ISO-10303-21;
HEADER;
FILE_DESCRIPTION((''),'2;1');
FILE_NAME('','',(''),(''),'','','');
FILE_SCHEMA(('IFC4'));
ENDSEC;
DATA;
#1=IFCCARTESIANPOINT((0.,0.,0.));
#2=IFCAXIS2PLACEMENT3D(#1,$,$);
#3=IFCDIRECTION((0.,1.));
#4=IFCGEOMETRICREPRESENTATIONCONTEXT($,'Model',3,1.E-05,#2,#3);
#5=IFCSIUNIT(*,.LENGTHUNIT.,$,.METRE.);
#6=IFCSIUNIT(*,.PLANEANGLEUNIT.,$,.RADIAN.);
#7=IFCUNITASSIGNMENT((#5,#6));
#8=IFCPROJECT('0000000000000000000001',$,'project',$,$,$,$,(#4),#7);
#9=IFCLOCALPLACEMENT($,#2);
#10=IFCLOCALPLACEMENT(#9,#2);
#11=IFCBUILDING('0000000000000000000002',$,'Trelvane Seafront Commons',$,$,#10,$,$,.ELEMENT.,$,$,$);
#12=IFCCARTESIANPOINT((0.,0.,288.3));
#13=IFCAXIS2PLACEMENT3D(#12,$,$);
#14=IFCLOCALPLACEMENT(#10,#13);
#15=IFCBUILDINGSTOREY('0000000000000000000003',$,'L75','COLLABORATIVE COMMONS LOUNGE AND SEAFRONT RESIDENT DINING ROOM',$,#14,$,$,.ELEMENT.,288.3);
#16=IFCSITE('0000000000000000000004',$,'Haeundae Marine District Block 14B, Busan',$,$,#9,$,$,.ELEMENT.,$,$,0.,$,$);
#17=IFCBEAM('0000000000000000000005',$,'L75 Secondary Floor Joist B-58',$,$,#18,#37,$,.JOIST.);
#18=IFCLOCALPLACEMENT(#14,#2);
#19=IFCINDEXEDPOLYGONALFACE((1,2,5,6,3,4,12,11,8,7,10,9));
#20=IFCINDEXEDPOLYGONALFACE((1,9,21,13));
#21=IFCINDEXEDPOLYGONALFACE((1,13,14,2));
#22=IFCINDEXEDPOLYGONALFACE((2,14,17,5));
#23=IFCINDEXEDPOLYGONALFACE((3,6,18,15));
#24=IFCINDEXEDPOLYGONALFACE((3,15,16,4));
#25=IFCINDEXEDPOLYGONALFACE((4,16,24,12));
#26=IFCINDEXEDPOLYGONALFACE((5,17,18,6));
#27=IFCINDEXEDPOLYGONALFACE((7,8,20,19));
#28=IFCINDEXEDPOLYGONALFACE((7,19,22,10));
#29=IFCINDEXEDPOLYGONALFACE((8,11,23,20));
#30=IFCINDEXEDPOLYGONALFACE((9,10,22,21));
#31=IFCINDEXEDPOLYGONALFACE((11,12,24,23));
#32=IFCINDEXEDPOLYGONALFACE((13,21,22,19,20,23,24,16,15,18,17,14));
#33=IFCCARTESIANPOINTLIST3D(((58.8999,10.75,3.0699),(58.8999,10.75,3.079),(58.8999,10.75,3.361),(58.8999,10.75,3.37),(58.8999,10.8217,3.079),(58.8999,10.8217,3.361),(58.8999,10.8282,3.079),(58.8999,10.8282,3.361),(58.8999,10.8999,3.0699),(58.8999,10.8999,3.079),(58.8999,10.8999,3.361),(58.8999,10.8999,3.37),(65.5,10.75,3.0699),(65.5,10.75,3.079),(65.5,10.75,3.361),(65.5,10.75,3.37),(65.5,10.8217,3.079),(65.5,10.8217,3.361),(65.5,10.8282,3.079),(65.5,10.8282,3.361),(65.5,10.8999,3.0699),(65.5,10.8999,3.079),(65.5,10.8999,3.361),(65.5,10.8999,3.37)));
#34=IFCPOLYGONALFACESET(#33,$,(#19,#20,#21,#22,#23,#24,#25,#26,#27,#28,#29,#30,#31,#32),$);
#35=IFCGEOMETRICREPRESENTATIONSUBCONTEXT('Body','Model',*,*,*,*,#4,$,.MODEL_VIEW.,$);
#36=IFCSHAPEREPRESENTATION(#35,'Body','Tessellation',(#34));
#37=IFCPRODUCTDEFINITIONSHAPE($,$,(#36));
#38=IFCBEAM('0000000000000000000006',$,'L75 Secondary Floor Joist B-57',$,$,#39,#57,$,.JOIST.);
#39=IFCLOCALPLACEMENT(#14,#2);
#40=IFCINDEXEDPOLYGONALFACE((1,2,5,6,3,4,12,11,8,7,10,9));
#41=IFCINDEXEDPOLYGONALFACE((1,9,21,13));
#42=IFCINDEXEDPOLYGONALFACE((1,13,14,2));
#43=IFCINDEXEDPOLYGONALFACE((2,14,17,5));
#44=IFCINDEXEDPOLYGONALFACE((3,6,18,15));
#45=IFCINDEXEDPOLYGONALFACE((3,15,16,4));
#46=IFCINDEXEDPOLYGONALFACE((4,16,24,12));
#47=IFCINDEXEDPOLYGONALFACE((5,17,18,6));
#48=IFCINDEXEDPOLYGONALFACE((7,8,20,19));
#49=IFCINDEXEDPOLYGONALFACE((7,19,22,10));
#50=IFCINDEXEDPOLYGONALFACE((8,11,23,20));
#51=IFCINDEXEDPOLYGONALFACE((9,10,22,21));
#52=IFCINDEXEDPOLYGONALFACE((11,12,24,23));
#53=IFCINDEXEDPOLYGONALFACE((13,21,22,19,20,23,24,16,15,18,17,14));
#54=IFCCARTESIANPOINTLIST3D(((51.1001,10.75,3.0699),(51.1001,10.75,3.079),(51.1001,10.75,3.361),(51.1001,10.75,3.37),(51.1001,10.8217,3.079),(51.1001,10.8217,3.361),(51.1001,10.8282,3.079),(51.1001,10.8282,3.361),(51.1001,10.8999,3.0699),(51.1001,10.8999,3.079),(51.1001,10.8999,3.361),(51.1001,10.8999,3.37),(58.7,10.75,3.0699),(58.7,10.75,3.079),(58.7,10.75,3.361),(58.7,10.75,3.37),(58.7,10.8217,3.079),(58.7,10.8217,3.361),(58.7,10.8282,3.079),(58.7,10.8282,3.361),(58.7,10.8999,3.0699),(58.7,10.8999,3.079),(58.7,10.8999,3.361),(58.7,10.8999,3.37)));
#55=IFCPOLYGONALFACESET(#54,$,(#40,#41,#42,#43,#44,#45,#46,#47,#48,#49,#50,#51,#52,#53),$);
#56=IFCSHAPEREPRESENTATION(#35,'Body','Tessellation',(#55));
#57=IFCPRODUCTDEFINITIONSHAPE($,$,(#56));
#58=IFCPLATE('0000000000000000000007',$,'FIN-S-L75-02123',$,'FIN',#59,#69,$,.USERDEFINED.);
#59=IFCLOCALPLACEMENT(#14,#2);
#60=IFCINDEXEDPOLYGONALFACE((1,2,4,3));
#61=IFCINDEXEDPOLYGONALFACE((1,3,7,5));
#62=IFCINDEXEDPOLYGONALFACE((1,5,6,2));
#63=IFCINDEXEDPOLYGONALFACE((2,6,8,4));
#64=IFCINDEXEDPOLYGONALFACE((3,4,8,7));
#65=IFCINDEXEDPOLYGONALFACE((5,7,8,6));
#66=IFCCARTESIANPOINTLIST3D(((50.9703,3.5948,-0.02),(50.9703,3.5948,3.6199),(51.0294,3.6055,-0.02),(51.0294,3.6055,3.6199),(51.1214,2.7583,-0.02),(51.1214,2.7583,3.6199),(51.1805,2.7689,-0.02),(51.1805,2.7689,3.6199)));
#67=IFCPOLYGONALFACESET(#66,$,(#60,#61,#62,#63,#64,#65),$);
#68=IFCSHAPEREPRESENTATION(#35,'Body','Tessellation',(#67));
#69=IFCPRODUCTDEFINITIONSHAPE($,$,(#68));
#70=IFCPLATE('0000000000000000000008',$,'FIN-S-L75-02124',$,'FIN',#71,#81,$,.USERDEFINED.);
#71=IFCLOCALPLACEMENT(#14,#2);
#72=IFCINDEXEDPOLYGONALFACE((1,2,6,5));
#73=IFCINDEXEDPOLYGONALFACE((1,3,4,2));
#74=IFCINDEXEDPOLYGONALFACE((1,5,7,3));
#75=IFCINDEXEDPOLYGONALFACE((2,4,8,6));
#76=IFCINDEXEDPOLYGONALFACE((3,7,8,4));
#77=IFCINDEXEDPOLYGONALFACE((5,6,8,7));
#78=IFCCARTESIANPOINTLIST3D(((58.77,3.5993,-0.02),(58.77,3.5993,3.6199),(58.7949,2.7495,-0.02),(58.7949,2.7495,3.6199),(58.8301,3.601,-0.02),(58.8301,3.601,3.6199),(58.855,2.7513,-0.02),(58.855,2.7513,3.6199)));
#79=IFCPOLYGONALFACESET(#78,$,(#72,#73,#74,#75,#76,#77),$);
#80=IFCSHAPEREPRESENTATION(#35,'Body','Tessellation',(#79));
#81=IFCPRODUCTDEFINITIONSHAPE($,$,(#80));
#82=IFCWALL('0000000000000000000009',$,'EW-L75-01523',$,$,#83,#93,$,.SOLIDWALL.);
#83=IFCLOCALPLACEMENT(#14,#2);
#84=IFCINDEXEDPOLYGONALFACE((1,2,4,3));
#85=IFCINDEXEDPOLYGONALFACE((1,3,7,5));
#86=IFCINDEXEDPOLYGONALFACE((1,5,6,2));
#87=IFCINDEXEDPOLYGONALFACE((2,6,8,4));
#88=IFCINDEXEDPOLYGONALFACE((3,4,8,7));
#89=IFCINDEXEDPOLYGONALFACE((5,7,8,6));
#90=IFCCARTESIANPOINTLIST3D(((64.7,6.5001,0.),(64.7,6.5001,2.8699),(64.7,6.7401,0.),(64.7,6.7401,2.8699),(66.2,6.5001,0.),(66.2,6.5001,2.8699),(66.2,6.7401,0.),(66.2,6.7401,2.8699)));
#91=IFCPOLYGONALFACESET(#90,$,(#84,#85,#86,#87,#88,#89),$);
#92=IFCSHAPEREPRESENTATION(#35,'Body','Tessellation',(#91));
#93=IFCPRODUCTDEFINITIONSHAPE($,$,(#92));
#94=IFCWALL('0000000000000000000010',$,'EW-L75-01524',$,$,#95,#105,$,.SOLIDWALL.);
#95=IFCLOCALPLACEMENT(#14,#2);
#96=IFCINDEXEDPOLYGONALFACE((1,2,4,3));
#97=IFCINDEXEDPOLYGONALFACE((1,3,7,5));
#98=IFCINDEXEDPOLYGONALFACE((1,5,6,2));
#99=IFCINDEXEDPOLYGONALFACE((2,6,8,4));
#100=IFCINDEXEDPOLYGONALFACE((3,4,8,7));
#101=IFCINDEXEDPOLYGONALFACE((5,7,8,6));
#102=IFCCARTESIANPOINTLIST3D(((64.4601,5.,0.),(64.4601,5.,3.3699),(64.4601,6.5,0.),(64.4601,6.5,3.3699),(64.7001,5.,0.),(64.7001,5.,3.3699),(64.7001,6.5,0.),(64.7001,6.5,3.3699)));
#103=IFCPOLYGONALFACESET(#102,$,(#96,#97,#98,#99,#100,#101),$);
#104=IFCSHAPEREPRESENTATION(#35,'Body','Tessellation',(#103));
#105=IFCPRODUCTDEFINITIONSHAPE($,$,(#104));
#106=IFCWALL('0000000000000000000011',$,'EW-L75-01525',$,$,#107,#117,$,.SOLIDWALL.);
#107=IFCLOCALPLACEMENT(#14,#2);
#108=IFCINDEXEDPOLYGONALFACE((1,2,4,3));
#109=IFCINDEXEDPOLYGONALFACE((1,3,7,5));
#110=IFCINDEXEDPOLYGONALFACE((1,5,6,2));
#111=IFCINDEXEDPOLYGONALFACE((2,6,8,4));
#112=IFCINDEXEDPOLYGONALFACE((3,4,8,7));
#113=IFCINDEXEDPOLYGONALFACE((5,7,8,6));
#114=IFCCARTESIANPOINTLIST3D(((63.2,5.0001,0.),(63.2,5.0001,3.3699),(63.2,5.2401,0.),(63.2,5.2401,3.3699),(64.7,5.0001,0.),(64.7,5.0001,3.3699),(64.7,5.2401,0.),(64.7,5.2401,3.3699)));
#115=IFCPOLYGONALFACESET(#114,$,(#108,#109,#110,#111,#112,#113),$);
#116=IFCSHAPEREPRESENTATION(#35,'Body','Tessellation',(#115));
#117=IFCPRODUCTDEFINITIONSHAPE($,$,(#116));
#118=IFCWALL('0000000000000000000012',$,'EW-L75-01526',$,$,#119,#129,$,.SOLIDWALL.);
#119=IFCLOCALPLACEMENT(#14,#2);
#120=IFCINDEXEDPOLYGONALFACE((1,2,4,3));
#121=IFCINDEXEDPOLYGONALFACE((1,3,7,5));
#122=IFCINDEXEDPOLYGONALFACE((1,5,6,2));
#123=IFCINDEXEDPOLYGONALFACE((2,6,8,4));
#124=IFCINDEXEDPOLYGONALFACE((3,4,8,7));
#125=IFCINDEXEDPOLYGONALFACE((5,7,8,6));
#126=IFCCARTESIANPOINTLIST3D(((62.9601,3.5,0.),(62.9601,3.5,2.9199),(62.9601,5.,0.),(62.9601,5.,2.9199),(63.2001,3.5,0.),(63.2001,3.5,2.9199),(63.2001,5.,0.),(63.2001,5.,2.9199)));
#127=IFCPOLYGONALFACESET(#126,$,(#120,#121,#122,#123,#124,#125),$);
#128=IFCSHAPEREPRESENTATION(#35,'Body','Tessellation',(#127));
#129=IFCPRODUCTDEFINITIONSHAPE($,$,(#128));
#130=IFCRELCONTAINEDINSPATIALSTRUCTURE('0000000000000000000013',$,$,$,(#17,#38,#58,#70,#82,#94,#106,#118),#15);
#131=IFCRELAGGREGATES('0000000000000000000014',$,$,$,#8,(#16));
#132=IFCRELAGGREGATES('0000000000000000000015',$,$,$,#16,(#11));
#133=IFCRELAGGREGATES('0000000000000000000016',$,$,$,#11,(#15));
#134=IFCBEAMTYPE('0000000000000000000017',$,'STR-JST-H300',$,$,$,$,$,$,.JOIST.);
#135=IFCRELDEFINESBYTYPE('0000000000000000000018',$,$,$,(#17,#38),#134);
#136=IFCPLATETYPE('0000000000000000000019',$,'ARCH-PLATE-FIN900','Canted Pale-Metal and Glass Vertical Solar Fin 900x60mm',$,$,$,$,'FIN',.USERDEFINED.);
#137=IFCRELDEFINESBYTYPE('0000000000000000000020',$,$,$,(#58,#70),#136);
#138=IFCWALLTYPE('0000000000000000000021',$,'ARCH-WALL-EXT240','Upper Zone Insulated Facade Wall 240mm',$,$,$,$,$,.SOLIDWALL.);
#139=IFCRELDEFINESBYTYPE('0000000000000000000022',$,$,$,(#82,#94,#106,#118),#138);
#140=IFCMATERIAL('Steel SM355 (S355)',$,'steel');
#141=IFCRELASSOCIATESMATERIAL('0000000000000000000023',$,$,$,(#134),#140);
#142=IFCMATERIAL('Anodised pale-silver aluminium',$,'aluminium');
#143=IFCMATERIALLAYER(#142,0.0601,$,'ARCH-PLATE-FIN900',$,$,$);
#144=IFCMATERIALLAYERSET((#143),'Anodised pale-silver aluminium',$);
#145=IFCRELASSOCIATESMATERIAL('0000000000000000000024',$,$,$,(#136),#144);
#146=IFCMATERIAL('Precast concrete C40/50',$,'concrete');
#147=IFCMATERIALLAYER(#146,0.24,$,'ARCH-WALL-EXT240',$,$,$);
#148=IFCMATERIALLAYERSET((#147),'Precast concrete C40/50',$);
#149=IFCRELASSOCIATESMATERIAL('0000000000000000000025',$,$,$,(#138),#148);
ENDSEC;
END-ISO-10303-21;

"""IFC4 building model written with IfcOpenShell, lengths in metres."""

from ifc_helpers import new_model, si_unit, direction, frame, frame_2d, origin, origin_2d, place, context, subcontext, project, spatial, rectangle, i_section, extrude, source, transform, mapped, material, layer, layer_set, material_profile, profile_set, type_object, element, save


model = new_model("IFC4")

# Units and contexts
model_context = context("Model", 3, precision=1e-05, world=origin(), true_north=direction((0.0, 1.0)))
body_context = subcontext(model_context, "Body", "Model", "MODEL_VIEW")
ifc_project = project(units=[si_unit("LENGTHUNIT", "METRE"), si_unit("PLANEANGLEUNIT", "RADIAN")], contexts=[model_context])

# Site, building, storey
site_placement = place(None, origin())
site = spatial("IfcSite", under=ifc_project, at=site_placement, Name="Haeundae Marine District Block 14B, Busan", CompositionType="ELEMENT", RefElevation=0.0)
building_placement = place(site_placement, origin())
building = spatial("IfcBuilding", under=site, at=building_placement, Name="Trelvane Seafront Commons", CompositionType="ELEMENT")
storey_placement = place(building_placement, frame((0.0, 0.0, 288.3)))
storey = spatial("IfcBuildingStorey", under=building, at=storey_placement, Name="L75", Description="COLLABORATIVE COMMONS LOUNGE AND SEAFRONT RESIDENT DINING ROOM", CompositionType="ELEMENT", Elevation=288.3)

# Shared definitions
ifc_material_1 = material(Name="Steel SM355 (S355)", Category="steel")

# Beams
ifc_material_profile_1 = material_profile(ifc_material_1, i_section(OverallWidth=0.1499, OverallDepth=0.3, WebThickness=0.0066, FlangeThickness=0.009, at=origin_2d()), Name="H-300x150x6.5x9")
ifc_profile_set_1 = profile_set([ifc_material_profile_1], Name="Steel SM355 (S355)")
beam_type_1 = type_object("IfcBeamType", Name="STR-JST-H300", PredefinedType="JOIST", material=ifc_profile_set_1)
shared_shape_1 = source(origin(), body_context, "Body", "SweptSolid", [
    extrude(i_section(OverallWidth=0.1499, OverallDepth=0.3, WebThickness=0.0066, FlangeThickness=0.009, at=origin_2d()), origin(), (0.0, 0.0, 1.0), 6.6001),
])
beam_1_placement = place(storey_placement, frame((58.8999, 10.825, 3.22), z_axis=(1.0, 0.0, 0.0), x_axis=(0.0, 1.0, 0.0)))
element("IfcBeam", 1, at=beam_1_placement, inside=storey, type_object=beam_type_1, Name="L75 Secondary Floor Joist B-58", PredefinedType="JOIST", context=body_context, shape_type="MappedRepresentation", body=[
    mapped(shared_shape_1, transform((0.0, 0.0, 0.0), x_axis=(1.0, 0.0, 0.0), y_axis=(0.0, 1.0, 0.0), z_axis=(0.0, 0.0, 1.0), scale=1.0)),
])
shared_shape_2 = source(origin(), body_context, "Body", "SweptSolid", [
    extrude(i_section(OverallWidth=0.1499, OverallDepth=0.3, WebThickness=0.0066, FlangeThickness=0.009, at=origin_2d()), origin(), (0.0, 0.0, 1.0), 7.5999),
])
beam_2_placement = place(storey_placement, frame((51.1001, 10.825, 3.22), z_axis=(1.0, 0.0, 0.0), x_axis=(0.0, 1.0, 0.0)))
element("IfcBeam", 2, at=beam_2_placement, inside=storey, type_object=beam_type_1, Name="L75 Secondary Floor Joist B-57", PredefinedType="JOIST", context=body_context, shape_type="MappedRepresentation", body=[
    mapped(shared_shape_2, transform((0.0, 0.0, 0.0), x_axis=(1.0, 0.0, 0.0), y_axis=(0.0, 1.0, 0.0), z_axis=(0.0, 0.0, 1.0), scale=1.0)),
])

# Plates
ifc_material_2 = material(Name="Anodised pale-silver aluminium", Category="aluminium")
ifc_layer_1 = layer(ifc_material_2, 0.0601, Name="ARCH-PLATE-FIN900")
ifc_layer_set_1 = layer_set([ifc_layer_1], Name="Anodised pale-silver aluminium")
plate_type = type_object("IfcPlateType", Name="ARCH-PLATE-FIN900", Description="Canted Pale-Metal and Glass Vertical Solar Fin 900x60mm", ElementType="FIN", PredefinedType="USERDEFINED", material=ifc_layer_set_1)
shared_shape_3 = source(origin(), body_context, "Body", "SweptSolid", [
    extrude(rectangle(XDim=0.8501, YDim=0.0601, at=origin_2d()), origin(), (0.0, 0.0, 1.0), 3.6399),
])
for number, where, z_axis, x_axis, name in (
    (3, (51.0754, 3.1819, -0.02), (0.0, 0.0, 1.0), (0.177756, -0.984075, 0.0), "FIN-S-L75-02123"),
    (4, (58.8125, 3.1753, -0.02), (0.0, 0.0, 1.0), (0.029295, -0.999571, 0.0), "FIN-S-L75-02124"),
):
    element("IfcPlate", number, at=place(storey_placement, frame(where, z_axis=z_axis, x_axis=x_axis)), inside=storey, type_object=plate_type, Name=name, ObjectType="FIN", PredefinedType="USERDEFINED", context=body_context, shape_type="MappedRepresentation", body=[
        mapped(shared_shape_3, transform((0.0, 0.0, 0.0), x_axis=(1.0, 0.0, 0.0), y_axis=(0.0, 1.0, 0.0), z_axis=(0.0, 0.0, 1.0), scale=1.0)),
    ])

# Walls
ifc_material_3 = material(Name="Precast concrete C40/50", Category="concrete")
ifc_layer_2 = layer(ifc_material_3, 0.24, Name="ARCH-WALL-EXT240")
ifc_layer_set_2 = layer_set([ifc_layer_2], Name="Precast concrete C40/50")
wall_type_1 = type_object("IfcWallType", Name="ARCH-WALL-EXT240", Description="Upper Zone Insulated Facade Wall 240mm", PredefinedType="SOLIDWALL", material=ifc_layer_set_2)
wall_1_placement = place(storey_placement, frame((66.2, 6.6201, 0.0), z_axis=(0.0, 0.0, 1.0), x_axis=(-1.0, 0.0, 0.0)))
element("IfcWall", 5, at=wall_1_placement, inside=storey, type_object=wall_type_1, Name="EW-L75-01523", PredefinedType="SOLIDWALL", context=body_context, shape_type="SweptSolid", body=[
    extrude(rectangle(XDim=1.5, YDim=0.24, at=frame_2d((0.75, 0.0))), origin(), (0.0, 0.0, 1.0), 2.8699),
])
for number, where, z_axis, x_axis, name in (
    (6, (64.5801, 6.5, 0.0), (0.0, 0.0, 1.0), (0.0, -1.0, 0.0), "EW-L75-01524"),
    (7, (64.7, 5.1201, 0.0), (0.0, 0.0, 1.0), (-1.0, 0.0, 0.0), "EW-L75-01525"),
):
    element("IfcWall", number, at=place(storey_placement, frame(where, z_axis=z_axis, x_axis=x_axis)), inside=storey, type_object=wall_type_1, Name=name, PredefinedType="SOLIDWALL", context=body_context, shape_type="SweptSolid", body=[
        extrude(rectangle(XDim=1.5, YDim=0.24, at=frame_2d((0.75, 0.0))), origin(), (0.0, 0.0, 1.0), 3.3699),
    ])
wall_2_placement = place(storey_placement, frame((63.0801, 5.0, 0.0), z_axis=(0.0, 0.0, 1.0), x_axis=(0.0, -1.0, 0.0)))
element("IfcWall", 8, at=wall_2_placement, inside=storey, type_object=wall_type_1, Name="EW-L75-01526", PredefinedType="SOLIDWALL", context=body_context, shape_type="SweptSolid", body=[
    extrude(rectangle(XDim=1.5, YDim=0.24, at=frame_2d((0.75, 0.0))), origin(), (0.0, 0.0, 1.0), 2.9199),
])

save(model, "model.ifc")
